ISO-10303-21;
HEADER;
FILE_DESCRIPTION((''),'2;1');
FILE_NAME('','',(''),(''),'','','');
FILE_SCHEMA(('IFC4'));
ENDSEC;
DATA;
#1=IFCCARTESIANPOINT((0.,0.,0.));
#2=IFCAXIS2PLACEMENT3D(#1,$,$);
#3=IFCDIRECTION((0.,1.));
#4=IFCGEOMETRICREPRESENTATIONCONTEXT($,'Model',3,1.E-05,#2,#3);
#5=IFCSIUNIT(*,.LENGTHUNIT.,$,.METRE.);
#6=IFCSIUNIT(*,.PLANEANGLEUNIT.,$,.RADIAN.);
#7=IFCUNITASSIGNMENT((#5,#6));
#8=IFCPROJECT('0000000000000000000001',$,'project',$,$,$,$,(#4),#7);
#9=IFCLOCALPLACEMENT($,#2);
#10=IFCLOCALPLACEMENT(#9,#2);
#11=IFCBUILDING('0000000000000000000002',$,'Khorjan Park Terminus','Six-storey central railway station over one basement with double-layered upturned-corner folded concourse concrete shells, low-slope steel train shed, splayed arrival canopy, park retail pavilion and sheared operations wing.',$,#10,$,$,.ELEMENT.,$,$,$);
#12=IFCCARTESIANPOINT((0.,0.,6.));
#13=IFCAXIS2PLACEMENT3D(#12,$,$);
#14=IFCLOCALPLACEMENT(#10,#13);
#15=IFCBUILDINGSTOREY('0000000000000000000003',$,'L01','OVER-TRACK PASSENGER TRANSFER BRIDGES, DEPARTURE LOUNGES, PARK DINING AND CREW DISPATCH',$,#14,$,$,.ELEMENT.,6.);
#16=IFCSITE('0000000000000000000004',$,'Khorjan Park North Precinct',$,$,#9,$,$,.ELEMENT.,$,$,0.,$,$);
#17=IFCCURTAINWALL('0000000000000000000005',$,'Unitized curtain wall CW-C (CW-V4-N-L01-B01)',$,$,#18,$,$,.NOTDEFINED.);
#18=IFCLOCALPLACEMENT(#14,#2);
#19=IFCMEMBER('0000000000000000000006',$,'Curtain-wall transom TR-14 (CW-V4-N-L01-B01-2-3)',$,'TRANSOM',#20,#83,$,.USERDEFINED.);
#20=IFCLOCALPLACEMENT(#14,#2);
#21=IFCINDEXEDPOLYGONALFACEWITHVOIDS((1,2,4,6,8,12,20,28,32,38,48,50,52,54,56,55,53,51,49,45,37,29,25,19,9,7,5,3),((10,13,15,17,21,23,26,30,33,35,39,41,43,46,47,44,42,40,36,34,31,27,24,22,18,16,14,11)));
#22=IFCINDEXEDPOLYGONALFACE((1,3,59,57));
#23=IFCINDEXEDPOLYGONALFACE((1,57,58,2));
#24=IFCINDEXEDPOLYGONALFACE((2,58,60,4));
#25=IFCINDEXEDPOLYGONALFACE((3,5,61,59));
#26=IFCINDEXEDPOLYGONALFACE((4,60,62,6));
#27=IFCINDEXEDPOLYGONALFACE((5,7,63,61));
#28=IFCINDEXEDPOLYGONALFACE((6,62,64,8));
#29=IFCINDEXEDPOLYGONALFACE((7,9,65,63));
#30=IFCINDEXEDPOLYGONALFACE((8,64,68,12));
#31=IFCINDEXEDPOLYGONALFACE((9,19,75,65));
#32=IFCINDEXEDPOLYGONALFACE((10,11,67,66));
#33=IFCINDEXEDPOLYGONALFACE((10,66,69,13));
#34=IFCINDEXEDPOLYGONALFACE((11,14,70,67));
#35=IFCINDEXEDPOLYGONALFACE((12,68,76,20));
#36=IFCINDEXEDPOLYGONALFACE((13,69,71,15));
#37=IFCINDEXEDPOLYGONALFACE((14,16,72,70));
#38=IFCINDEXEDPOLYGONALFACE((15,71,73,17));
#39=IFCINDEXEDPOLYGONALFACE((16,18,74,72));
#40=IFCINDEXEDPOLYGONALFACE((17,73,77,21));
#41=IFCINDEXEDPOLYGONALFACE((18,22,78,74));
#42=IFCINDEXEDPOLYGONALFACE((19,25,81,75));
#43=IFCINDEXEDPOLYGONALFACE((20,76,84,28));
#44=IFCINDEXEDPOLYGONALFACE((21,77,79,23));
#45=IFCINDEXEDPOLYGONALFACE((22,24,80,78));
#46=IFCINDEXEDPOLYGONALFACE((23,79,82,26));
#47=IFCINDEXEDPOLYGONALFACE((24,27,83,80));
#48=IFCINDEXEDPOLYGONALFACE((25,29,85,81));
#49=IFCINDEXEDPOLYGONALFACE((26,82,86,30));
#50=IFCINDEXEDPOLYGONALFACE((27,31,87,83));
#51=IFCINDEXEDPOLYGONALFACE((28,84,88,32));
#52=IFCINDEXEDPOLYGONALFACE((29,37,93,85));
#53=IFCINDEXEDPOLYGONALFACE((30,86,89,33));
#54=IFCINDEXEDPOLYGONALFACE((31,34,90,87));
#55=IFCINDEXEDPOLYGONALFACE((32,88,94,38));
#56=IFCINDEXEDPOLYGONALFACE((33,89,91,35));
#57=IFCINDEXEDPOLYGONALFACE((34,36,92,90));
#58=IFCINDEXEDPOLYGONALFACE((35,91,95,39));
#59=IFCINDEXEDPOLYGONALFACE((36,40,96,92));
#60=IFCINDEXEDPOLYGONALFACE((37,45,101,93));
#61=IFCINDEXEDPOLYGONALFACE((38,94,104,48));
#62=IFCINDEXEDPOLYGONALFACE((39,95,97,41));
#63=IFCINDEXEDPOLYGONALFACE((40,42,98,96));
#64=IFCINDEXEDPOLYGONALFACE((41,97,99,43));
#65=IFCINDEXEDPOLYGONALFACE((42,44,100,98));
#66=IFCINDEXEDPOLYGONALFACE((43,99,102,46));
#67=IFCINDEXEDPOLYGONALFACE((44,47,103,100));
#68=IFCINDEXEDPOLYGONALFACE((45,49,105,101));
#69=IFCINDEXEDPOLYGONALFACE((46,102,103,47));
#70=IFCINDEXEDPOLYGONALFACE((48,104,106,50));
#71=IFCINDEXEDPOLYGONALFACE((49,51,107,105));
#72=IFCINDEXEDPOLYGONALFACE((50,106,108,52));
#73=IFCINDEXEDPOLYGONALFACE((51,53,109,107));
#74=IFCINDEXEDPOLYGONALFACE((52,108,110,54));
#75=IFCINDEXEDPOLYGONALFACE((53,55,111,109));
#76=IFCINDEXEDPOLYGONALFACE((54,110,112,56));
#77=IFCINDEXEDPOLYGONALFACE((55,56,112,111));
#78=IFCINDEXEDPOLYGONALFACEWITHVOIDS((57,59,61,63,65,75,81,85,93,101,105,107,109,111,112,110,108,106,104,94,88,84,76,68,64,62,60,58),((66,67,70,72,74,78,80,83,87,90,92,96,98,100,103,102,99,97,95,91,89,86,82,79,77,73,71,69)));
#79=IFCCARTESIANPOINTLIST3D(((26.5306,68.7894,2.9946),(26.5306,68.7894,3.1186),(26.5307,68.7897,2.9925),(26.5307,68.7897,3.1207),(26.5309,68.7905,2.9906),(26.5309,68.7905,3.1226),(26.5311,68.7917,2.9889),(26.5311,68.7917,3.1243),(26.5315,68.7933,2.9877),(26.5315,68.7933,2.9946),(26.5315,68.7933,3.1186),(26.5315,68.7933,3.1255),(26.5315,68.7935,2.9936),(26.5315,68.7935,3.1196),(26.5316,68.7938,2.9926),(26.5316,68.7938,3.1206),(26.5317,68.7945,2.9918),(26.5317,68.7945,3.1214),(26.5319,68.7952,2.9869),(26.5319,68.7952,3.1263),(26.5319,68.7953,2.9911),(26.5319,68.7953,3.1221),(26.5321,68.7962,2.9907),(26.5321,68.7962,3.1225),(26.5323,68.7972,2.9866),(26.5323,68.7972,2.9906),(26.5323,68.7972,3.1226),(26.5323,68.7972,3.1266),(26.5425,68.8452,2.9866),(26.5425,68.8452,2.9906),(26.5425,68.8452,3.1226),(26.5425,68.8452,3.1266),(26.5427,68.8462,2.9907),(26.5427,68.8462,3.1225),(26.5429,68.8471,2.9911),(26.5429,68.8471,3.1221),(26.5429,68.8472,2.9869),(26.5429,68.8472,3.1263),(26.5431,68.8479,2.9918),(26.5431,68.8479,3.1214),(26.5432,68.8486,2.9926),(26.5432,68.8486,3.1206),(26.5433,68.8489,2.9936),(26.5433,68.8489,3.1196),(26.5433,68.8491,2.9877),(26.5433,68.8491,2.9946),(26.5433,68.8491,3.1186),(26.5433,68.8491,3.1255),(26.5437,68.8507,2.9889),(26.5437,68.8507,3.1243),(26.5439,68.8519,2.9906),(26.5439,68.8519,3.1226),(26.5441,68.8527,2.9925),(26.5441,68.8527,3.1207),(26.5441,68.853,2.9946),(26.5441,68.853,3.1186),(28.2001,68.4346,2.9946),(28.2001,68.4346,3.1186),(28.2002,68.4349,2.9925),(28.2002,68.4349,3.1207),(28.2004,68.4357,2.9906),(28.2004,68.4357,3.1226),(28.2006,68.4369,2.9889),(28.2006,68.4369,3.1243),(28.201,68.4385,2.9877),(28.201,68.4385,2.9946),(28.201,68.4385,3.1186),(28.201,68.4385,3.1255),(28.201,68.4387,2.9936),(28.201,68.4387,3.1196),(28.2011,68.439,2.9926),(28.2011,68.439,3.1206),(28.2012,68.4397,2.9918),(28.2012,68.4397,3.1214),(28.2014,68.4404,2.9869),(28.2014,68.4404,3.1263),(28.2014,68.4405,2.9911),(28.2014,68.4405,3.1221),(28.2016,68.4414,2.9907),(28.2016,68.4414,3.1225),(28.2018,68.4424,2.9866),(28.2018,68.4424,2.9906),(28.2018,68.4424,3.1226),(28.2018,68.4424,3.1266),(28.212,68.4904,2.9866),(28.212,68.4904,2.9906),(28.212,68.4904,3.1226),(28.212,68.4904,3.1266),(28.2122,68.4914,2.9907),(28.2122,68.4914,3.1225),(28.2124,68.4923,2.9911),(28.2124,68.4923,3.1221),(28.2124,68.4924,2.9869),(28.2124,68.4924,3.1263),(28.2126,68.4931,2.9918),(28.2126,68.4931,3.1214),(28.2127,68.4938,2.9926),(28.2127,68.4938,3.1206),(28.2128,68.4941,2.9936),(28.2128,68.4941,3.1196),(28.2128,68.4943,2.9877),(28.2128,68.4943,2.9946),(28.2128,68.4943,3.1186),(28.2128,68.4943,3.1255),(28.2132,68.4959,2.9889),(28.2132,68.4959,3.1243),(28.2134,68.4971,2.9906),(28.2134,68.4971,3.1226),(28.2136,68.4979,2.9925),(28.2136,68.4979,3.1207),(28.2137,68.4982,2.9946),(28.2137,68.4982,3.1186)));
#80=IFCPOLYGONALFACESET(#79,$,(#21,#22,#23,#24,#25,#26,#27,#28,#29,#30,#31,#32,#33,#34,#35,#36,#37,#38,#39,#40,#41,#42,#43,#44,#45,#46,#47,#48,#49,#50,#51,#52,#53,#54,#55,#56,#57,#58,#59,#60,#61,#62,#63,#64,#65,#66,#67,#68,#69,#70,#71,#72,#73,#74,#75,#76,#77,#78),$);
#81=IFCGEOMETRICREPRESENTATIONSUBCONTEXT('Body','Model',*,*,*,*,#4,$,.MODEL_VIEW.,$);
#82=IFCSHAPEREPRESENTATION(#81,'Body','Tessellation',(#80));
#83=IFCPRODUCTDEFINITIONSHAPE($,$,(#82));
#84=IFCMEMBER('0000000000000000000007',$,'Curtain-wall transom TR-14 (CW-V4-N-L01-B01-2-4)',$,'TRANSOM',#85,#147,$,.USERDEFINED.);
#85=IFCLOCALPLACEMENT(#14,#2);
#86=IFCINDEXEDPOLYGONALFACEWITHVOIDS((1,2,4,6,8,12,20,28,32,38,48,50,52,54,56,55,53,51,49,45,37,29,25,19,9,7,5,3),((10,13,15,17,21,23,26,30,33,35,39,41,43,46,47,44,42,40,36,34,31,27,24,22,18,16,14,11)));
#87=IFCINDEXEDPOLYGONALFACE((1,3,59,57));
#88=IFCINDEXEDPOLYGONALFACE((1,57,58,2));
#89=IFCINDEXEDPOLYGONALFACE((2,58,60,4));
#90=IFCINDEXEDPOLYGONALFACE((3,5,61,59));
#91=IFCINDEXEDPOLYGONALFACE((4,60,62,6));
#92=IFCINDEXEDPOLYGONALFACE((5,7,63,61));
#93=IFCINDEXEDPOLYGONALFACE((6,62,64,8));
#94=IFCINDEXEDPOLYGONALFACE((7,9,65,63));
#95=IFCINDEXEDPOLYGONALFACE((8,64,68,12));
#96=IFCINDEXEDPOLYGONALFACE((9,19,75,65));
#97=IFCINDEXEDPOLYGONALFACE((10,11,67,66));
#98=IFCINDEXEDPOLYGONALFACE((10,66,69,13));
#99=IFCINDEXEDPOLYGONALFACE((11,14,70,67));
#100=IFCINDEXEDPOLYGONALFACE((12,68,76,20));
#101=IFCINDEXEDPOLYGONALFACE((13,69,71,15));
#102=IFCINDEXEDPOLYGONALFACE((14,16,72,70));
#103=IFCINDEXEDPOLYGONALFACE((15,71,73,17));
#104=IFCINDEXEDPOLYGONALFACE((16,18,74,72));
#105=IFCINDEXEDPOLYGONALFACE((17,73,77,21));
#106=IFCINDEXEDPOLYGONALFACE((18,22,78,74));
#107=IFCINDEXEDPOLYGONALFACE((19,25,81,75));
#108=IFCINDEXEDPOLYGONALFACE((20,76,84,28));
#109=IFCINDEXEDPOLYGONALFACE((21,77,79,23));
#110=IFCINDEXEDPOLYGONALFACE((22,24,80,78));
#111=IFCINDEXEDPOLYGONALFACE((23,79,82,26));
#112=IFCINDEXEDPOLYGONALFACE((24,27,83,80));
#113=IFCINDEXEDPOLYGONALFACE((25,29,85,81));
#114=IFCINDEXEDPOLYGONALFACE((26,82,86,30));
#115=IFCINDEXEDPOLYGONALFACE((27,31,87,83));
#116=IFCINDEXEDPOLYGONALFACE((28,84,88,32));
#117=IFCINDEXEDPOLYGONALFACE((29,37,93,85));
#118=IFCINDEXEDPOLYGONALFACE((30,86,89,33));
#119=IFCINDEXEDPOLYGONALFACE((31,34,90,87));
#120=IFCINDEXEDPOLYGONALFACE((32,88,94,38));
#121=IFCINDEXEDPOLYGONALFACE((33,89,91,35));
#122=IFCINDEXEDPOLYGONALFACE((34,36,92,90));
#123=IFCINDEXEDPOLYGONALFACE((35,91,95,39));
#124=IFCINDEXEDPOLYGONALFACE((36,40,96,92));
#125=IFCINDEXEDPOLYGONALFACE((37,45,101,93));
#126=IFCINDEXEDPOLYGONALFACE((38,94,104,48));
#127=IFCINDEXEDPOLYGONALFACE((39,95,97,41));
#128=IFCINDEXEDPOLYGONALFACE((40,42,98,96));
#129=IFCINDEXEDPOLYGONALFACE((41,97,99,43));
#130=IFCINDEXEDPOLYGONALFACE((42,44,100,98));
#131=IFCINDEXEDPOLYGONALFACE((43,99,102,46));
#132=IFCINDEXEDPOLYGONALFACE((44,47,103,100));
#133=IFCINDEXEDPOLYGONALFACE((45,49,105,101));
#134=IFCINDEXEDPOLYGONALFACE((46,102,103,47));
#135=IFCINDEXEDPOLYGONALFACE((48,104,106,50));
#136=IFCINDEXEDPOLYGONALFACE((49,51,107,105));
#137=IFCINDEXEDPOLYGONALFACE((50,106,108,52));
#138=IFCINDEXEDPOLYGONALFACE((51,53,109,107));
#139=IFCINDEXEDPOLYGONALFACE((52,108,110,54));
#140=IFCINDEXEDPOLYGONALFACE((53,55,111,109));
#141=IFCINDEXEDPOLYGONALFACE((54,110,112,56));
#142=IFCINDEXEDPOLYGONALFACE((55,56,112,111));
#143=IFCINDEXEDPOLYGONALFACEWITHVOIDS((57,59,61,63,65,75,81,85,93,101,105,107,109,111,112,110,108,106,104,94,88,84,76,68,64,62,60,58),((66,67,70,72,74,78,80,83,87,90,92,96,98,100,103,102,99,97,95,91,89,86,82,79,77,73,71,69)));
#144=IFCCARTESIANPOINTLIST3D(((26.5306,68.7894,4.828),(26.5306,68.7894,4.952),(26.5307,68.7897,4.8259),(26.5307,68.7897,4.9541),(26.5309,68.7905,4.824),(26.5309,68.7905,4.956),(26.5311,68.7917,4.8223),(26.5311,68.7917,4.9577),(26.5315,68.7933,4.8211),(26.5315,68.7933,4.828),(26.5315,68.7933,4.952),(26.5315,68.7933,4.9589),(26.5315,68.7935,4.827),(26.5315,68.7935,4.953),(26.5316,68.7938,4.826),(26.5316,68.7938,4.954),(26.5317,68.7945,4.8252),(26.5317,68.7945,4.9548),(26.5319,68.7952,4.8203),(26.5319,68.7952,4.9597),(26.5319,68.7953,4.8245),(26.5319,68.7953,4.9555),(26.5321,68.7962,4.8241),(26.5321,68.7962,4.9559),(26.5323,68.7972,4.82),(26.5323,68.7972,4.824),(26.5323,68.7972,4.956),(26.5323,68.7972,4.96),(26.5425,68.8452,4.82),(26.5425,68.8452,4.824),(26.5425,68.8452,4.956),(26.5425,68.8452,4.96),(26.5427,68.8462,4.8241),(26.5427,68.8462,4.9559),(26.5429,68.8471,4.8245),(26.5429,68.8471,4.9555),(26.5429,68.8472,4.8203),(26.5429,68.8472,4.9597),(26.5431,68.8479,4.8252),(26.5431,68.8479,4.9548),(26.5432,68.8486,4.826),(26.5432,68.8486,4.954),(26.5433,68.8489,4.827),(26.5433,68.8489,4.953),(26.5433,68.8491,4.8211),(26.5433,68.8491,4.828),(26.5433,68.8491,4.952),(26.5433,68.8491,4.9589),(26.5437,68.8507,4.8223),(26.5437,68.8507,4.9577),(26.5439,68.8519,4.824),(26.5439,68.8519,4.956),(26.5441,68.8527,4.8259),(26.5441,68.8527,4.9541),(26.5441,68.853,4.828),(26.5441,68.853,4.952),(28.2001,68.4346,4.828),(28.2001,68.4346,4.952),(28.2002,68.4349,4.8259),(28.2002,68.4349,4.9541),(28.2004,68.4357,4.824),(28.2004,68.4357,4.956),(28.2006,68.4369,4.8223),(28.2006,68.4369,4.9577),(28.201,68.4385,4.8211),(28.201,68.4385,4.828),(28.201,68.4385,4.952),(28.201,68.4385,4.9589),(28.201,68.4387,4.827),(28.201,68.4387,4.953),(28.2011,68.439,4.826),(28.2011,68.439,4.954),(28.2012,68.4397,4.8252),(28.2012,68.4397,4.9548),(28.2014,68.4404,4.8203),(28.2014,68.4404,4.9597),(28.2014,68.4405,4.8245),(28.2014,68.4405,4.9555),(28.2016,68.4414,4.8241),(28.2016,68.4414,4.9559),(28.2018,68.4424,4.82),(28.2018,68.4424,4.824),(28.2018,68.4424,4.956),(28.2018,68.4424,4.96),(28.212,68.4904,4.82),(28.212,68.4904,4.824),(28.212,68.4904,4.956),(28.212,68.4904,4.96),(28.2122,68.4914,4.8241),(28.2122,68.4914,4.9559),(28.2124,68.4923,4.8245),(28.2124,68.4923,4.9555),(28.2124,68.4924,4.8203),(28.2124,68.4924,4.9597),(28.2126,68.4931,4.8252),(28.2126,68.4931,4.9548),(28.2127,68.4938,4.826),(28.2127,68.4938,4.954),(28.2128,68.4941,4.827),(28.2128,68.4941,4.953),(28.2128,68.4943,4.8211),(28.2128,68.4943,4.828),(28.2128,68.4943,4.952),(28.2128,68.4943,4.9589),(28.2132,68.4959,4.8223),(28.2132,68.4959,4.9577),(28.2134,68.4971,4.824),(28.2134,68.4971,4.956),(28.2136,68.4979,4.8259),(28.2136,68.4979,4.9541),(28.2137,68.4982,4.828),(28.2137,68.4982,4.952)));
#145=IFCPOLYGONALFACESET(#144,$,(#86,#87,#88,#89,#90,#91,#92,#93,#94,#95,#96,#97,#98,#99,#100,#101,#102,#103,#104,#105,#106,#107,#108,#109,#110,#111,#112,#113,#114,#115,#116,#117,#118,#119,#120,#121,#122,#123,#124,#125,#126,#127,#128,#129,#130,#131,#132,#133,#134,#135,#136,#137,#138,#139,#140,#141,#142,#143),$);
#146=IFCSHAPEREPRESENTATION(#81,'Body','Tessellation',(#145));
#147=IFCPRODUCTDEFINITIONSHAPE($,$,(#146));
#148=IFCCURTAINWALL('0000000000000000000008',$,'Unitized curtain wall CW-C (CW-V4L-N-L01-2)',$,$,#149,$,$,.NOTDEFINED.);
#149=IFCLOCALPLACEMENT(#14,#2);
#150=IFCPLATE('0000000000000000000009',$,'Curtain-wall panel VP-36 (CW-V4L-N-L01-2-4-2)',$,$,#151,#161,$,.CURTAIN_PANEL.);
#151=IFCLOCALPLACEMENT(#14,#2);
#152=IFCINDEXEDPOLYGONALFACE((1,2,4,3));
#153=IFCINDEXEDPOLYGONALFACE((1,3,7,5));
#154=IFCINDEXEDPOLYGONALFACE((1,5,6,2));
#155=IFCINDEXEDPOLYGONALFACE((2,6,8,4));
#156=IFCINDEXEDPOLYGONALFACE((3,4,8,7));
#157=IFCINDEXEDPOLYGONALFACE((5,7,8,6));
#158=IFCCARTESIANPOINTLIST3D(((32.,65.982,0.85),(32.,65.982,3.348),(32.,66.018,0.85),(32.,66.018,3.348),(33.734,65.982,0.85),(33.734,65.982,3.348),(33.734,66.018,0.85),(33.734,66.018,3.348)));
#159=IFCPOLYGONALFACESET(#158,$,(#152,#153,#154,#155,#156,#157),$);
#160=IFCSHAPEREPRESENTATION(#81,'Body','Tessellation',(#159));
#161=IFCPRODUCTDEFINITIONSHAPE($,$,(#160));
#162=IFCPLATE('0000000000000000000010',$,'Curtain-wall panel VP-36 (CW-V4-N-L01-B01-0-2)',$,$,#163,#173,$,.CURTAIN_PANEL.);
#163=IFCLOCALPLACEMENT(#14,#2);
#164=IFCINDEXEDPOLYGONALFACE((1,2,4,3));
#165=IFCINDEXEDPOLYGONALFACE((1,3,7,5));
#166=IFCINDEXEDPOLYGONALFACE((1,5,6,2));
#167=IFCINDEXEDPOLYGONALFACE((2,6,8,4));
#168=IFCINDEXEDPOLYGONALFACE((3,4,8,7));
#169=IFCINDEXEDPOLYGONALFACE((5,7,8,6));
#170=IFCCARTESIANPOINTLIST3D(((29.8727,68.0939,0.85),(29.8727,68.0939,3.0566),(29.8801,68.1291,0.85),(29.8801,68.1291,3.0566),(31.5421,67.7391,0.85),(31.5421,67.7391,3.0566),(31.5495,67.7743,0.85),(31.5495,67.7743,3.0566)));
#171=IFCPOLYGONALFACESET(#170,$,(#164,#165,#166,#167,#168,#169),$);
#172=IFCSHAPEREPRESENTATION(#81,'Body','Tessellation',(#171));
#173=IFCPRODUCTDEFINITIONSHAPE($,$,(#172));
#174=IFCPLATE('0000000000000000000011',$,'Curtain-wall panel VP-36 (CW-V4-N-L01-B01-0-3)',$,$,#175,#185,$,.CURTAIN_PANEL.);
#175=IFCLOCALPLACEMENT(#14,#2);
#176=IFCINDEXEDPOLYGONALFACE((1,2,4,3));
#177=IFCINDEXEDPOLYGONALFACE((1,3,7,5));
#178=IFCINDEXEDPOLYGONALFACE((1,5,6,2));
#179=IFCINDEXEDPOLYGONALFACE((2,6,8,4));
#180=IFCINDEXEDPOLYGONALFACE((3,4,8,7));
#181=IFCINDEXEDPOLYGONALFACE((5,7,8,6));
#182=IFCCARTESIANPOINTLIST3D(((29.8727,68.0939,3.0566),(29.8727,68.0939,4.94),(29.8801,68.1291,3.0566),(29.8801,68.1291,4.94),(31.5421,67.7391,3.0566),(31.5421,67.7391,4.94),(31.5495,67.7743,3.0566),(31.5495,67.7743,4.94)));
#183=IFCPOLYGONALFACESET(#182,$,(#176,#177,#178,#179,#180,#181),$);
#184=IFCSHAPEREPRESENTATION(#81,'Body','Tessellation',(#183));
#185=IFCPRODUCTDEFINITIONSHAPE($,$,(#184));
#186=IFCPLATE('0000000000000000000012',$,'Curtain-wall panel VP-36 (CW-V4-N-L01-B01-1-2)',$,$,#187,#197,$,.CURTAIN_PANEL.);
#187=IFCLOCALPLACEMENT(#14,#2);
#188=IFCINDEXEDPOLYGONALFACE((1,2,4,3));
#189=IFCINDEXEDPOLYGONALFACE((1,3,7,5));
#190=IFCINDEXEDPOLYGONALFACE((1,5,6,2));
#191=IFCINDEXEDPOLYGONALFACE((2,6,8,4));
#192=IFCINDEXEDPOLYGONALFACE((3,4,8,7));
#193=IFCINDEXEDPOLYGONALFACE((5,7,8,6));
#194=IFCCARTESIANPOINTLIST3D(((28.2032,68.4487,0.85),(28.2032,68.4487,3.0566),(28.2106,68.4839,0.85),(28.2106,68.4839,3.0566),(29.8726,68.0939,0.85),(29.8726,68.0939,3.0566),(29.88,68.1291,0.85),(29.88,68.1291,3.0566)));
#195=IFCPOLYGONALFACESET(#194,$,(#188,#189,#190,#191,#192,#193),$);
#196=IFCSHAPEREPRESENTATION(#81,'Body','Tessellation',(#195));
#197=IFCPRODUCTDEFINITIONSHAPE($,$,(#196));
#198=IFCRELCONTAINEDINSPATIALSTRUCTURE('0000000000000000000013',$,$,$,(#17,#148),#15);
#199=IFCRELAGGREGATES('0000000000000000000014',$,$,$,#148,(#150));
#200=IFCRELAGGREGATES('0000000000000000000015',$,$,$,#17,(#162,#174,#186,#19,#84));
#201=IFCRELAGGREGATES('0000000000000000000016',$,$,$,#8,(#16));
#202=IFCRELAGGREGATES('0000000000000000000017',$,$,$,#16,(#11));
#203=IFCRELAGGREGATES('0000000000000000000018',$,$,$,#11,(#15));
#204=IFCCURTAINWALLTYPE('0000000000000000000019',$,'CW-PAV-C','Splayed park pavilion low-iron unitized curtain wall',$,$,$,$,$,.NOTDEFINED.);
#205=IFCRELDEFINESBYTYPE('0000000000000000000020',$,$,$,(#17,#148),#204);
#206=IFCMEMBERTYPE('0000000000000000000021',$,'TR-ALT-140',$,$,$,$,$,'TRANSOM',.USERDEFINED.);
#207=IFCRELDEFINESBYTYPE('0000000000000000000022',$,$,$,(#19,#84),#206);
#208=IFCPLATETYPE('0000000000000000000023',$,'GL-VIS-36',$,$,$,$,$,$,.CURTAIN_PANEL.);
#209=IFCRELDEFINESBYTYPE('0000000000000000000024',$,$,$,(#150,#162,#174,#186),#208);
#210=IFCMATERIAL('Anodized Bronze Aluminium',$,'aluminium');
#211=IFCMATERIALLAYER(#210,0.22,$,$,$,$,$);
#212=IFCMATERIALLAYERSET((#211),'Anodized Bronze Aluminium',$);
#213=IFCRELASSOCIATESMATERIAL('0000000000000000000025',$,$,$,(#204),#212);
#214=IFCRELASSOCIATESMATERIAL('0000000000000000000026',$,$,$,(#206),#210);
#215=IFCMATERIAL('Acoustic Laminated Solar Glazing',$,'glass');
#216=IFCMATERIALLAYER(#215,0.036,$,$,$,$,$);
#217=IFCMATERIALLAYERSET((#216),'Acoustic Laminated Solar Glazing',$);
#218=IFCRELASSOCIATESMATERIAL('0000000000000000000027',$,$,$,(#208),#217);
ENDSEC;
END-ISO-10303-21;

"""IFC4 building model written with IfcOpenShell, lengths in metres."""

from ifc_helpers import new_model, si_unit, direction, frame, origin, origin_2d, place, context, subcontext, project, spatial, rectangle, hollow_rectangle, extrude, material, layer, layer_set, material_profile, profile_set, type_object, element, aggregate, save


model = new_model("IFC4")

# Units and contexts
model_context = context("Model", 3, precision=1e-05, world=origin(), true_north=direction((0.0, 1.0)))
body_context = subcontext(model_context, "Body", "Model", "MODEL_VIEW")
ifc_project = project(units=[si_unit("LENGTHUNIT", "METRE"), si_unit("PLANEANGLEUNIT", "RADIAN")], contexts=[model_context])

# Site, building, storey
site_placement = place(None, origin())
site = spatial("IfcSite", under=ifc_project, at=site_placement, Name="Khorjan Park North Precinct", CompositionType="ELEMENT", RefElevation=0.0)
building_placement = place(site_placement, origin())
building = spatial("IfcBuilding", under=site, at=building_placement, Name="Khorjan Park Terminus", Description="Six-storey central railway station over one basement with double-layered upturned-corner folded concourse concrete shells, low-slope steel train shed, splayed arrival canopy, park retail pavilion and sheared operations wing.", CompositionType="ELEMENT")
storey_placement = place(building_placement, frame((0.0, 0.0, 6.0)))
storey = spatial("IfcBuildingStorey", under=building, at=storey_placement, Name="L01", Description="OVER-TRACK PASSENGER TRANSFER BRIDGES, DEPARTURE LOUNGES, PARK DINING AND CREW DISPATCH", CompositionType="ELEMENT", Elevation=6.0)

# Curtain wall, members
ifc_material_1 = material(Name="Anodized Bronze Aluminium", Category="aluminium")
ifc_layer_1 = layer(ifc_material_1, 0.22)
ifc_layer_set_1 = layer_set([ifc_layer_1], Name="Anodized Bronze Aluminium")
curtain_wall_type = type_object("IfcCurtainWallType", Name="CW-PAV-C", Description="Splayed park pavilion low-iron unitized curtain wall", PredefinedType="NOTDEFINED", material=ifc_layer_set_1)
curtain_wall_1_placement = place(storey_placement, origin())
curtain_wall_1 = element("IfcCurtainWall", 1, at=curtain_wall_1_placement, inside=storey, type_object=curtain_wall_type, Name="Unitized curtain wall CW-C (CW-V4-N-L01-B01)", PredefinedType="NOTDEFINED")
ifc_material_profile_1 = material_profile(ifc_material_1, hollow_rectangle(XDim=0.065, YDim=0.14, WallThickness=0.004, InnerFilletRadius=0.004, OuterFilletRadius=0.008, at=origin_2d()), Name="ALT 65x140x4")
ifc_profile_set_1 = profile_set([ifc_material_profile_1], Name="Anodized Bronze Aluminium")
member_type_1 = type_object("IfcMemberType", Name="TR-ALT-140", ElementType="TRANSOM", PredefinedType="USERDEFINED", material=ifc_profile_set_1)
member_1_placement = place(storey_placement, frame((28.2069, 68.4664, 3.0566), z_axis=(-0.978155, 0.207876, 0.0), x_axis=(-0.207876, -0.978155, 0.0)))
member_1 = element("IfcMember", 2, at=member_1_placement, type_object=member_type_1, Name="Curtain-wall transom TR-14 (CW-V4-N-L01-B01-2-3)", ObjectType="TRANSOM", PredefinedType="USERDEFINED", context=body_context, shape_type="SweptSolid", body=[
    extrude(hollow_rectangle(XDim=0.065, YDim=0.14, WallThickness=0.004, InnerFilletRadius=0.004, OuterFilletRadius=0.008, at=origin_2d()), origin(), (0.0, 0.0, 1.0), 1.7068),
])
member_2_placement = place(storey_placement, frame((28.2069, 68.4664, 4.89), z_axis=(-0.978155, 0.207876, 0.0), x_axis=(-0.207876, -0.978155, 0.0)))
member_2 = element("IfcMember", 3, at=member_2_placement, type_object=member_type_1, Name="Curtain-wall transom TR-14 (CW-V4-N-L01-B01-2-4)", ObjectType="TRANSOM", PredefinedType="USERDEFINED", context=body_context, shape_type="SweptSolid", body=[
    extrude(hollow_rectangle(XDim=0.065, YDim=0.14, WallThickness=0.004, InnerFilletRadius=0.004, OuterFilletRadius=0.008, at=origin_2d()), origin(), (0.0, 0.0, 1.0), 1.7068),
])

# Curtain wall, plate
curtain_wall_2_placement = place(storey_placement, origin())
curtain_wall_2 = element("IfcCurtainWall", 4, at=curtain_wall_2_placement, inside=storey, type_object=curtain_wall_type, Name="Unitized curtain wall CW-C (CW-V4L-N-L01-2)", PredefinedType="NOTDEFINED")
ifc_material_2 = material(Name="Acoustic Laminated Solar Glazing", Category="glass")
ifc_layer_2 = layer(ifc_material_2, 0.036)
ifc_layer_set_2 = layer_set([ifc_layer_2], Name="Acoustic Laminated Solar Glazing")
plate_type_1 = type_object("IfcPlateType", Name="GL-VIS-36", PredefinedType="CURTAIN_PANEL", material=ifc_layer_set_2)
plate_1_placement = place(storey_placement, frame((32.867, 66.0, 0.85), z_axis=(0.0, 0.0, 1.0), x_axis=(-1.0, 0.0, 0.0)))
plate_1 = element("IfcPlate", 5, at=plate_1_placement, type_object=plate_type_1, Name="Curtain-wall panel VP-36 (CW-V4L-N-L01-2-4-2)", PredefinedType="CURTAIN_PANEL", context=body_context, shape_type="SweptSolid", body=[
    extrude(rectangle(XDim=1.734, YDim=0.036, at=origin_2d()), origin(), (0.0, 0.0, 1.0), 2.498),
])

# Plates
plate_2_placement = place(storey_placement, frame((30.7111, 67.9341, 0.85), z_axis=(0.0, 0.0, 1.0), x_axis=(-0.97815, 0.207901, 0.0)))
plate_2 = element("IfcPlate", 6, at=plate_2_placement, type_object=plate_type_1, Name="Curtain-wall panel VP-36 (CW-V4-N-L01-B01-0-2)", PredefinedType="CURTAIN_PANEL", context=body_context, shape_type="SweptSolid", body=[
    extrude(rectangle(XDim=1.7067, YDim=0.036, at=origin_2d()), origin(), (0.0, 0.0, 1.0), 2.2066),
])
plate_3_placement = place(storey_placement, frame((30.7111, 67.9341, 3.0566), z_axis=(0.0, 0.0, 1.0), x_axis=(-0.97815, 0.207901, 0.0)))
plate_3 = element("IfcPlate", 7, at=plate_3_placement, type_object=plate_type_1, Name="Curtain-wall panel VP-36 (CW-V4-N-L01-B01-0-3)", PredefinedType="CURTAIN_PANEL", context=body_context, shape_type="SweptSolid", body=[
    extrude(rectangle(XDim=1.7067, YDim=0.036, at=origin_2d()), origin(), (0.0, 0.0, 1.0), 1.8834),
])
plate_4_placement = place(storey_placement, frame((29.0416, 68.2889, 0.85), z_axis=(0.0, 0.0, 1.0), x_axis=(-0.97815, 0.207901, 0.0)))
plate_4 = element("IfcPlate", 8, at=plate_4_placement, type_object=plate_type_1, Name="Curtain-wall panel VP-36 (CW-V4-N-L01-B01-1-2)", PredefinedType="CURTAIN_PANEL", context=body_context, shape_type="SweptSolid", body=[
    extrude(rectangle(XDim=1.7067, YDim=0.036, at=origin_2d()), origin(), (0.0, 0.0, 1.0), 2.2066),
])
aggregate(curtain_wall_2, [plate_1])
aggregate(curtain_wall_1, [plate_2, plate_3, plate_4, member_1, member_2])

save(model, "model.ifc")
